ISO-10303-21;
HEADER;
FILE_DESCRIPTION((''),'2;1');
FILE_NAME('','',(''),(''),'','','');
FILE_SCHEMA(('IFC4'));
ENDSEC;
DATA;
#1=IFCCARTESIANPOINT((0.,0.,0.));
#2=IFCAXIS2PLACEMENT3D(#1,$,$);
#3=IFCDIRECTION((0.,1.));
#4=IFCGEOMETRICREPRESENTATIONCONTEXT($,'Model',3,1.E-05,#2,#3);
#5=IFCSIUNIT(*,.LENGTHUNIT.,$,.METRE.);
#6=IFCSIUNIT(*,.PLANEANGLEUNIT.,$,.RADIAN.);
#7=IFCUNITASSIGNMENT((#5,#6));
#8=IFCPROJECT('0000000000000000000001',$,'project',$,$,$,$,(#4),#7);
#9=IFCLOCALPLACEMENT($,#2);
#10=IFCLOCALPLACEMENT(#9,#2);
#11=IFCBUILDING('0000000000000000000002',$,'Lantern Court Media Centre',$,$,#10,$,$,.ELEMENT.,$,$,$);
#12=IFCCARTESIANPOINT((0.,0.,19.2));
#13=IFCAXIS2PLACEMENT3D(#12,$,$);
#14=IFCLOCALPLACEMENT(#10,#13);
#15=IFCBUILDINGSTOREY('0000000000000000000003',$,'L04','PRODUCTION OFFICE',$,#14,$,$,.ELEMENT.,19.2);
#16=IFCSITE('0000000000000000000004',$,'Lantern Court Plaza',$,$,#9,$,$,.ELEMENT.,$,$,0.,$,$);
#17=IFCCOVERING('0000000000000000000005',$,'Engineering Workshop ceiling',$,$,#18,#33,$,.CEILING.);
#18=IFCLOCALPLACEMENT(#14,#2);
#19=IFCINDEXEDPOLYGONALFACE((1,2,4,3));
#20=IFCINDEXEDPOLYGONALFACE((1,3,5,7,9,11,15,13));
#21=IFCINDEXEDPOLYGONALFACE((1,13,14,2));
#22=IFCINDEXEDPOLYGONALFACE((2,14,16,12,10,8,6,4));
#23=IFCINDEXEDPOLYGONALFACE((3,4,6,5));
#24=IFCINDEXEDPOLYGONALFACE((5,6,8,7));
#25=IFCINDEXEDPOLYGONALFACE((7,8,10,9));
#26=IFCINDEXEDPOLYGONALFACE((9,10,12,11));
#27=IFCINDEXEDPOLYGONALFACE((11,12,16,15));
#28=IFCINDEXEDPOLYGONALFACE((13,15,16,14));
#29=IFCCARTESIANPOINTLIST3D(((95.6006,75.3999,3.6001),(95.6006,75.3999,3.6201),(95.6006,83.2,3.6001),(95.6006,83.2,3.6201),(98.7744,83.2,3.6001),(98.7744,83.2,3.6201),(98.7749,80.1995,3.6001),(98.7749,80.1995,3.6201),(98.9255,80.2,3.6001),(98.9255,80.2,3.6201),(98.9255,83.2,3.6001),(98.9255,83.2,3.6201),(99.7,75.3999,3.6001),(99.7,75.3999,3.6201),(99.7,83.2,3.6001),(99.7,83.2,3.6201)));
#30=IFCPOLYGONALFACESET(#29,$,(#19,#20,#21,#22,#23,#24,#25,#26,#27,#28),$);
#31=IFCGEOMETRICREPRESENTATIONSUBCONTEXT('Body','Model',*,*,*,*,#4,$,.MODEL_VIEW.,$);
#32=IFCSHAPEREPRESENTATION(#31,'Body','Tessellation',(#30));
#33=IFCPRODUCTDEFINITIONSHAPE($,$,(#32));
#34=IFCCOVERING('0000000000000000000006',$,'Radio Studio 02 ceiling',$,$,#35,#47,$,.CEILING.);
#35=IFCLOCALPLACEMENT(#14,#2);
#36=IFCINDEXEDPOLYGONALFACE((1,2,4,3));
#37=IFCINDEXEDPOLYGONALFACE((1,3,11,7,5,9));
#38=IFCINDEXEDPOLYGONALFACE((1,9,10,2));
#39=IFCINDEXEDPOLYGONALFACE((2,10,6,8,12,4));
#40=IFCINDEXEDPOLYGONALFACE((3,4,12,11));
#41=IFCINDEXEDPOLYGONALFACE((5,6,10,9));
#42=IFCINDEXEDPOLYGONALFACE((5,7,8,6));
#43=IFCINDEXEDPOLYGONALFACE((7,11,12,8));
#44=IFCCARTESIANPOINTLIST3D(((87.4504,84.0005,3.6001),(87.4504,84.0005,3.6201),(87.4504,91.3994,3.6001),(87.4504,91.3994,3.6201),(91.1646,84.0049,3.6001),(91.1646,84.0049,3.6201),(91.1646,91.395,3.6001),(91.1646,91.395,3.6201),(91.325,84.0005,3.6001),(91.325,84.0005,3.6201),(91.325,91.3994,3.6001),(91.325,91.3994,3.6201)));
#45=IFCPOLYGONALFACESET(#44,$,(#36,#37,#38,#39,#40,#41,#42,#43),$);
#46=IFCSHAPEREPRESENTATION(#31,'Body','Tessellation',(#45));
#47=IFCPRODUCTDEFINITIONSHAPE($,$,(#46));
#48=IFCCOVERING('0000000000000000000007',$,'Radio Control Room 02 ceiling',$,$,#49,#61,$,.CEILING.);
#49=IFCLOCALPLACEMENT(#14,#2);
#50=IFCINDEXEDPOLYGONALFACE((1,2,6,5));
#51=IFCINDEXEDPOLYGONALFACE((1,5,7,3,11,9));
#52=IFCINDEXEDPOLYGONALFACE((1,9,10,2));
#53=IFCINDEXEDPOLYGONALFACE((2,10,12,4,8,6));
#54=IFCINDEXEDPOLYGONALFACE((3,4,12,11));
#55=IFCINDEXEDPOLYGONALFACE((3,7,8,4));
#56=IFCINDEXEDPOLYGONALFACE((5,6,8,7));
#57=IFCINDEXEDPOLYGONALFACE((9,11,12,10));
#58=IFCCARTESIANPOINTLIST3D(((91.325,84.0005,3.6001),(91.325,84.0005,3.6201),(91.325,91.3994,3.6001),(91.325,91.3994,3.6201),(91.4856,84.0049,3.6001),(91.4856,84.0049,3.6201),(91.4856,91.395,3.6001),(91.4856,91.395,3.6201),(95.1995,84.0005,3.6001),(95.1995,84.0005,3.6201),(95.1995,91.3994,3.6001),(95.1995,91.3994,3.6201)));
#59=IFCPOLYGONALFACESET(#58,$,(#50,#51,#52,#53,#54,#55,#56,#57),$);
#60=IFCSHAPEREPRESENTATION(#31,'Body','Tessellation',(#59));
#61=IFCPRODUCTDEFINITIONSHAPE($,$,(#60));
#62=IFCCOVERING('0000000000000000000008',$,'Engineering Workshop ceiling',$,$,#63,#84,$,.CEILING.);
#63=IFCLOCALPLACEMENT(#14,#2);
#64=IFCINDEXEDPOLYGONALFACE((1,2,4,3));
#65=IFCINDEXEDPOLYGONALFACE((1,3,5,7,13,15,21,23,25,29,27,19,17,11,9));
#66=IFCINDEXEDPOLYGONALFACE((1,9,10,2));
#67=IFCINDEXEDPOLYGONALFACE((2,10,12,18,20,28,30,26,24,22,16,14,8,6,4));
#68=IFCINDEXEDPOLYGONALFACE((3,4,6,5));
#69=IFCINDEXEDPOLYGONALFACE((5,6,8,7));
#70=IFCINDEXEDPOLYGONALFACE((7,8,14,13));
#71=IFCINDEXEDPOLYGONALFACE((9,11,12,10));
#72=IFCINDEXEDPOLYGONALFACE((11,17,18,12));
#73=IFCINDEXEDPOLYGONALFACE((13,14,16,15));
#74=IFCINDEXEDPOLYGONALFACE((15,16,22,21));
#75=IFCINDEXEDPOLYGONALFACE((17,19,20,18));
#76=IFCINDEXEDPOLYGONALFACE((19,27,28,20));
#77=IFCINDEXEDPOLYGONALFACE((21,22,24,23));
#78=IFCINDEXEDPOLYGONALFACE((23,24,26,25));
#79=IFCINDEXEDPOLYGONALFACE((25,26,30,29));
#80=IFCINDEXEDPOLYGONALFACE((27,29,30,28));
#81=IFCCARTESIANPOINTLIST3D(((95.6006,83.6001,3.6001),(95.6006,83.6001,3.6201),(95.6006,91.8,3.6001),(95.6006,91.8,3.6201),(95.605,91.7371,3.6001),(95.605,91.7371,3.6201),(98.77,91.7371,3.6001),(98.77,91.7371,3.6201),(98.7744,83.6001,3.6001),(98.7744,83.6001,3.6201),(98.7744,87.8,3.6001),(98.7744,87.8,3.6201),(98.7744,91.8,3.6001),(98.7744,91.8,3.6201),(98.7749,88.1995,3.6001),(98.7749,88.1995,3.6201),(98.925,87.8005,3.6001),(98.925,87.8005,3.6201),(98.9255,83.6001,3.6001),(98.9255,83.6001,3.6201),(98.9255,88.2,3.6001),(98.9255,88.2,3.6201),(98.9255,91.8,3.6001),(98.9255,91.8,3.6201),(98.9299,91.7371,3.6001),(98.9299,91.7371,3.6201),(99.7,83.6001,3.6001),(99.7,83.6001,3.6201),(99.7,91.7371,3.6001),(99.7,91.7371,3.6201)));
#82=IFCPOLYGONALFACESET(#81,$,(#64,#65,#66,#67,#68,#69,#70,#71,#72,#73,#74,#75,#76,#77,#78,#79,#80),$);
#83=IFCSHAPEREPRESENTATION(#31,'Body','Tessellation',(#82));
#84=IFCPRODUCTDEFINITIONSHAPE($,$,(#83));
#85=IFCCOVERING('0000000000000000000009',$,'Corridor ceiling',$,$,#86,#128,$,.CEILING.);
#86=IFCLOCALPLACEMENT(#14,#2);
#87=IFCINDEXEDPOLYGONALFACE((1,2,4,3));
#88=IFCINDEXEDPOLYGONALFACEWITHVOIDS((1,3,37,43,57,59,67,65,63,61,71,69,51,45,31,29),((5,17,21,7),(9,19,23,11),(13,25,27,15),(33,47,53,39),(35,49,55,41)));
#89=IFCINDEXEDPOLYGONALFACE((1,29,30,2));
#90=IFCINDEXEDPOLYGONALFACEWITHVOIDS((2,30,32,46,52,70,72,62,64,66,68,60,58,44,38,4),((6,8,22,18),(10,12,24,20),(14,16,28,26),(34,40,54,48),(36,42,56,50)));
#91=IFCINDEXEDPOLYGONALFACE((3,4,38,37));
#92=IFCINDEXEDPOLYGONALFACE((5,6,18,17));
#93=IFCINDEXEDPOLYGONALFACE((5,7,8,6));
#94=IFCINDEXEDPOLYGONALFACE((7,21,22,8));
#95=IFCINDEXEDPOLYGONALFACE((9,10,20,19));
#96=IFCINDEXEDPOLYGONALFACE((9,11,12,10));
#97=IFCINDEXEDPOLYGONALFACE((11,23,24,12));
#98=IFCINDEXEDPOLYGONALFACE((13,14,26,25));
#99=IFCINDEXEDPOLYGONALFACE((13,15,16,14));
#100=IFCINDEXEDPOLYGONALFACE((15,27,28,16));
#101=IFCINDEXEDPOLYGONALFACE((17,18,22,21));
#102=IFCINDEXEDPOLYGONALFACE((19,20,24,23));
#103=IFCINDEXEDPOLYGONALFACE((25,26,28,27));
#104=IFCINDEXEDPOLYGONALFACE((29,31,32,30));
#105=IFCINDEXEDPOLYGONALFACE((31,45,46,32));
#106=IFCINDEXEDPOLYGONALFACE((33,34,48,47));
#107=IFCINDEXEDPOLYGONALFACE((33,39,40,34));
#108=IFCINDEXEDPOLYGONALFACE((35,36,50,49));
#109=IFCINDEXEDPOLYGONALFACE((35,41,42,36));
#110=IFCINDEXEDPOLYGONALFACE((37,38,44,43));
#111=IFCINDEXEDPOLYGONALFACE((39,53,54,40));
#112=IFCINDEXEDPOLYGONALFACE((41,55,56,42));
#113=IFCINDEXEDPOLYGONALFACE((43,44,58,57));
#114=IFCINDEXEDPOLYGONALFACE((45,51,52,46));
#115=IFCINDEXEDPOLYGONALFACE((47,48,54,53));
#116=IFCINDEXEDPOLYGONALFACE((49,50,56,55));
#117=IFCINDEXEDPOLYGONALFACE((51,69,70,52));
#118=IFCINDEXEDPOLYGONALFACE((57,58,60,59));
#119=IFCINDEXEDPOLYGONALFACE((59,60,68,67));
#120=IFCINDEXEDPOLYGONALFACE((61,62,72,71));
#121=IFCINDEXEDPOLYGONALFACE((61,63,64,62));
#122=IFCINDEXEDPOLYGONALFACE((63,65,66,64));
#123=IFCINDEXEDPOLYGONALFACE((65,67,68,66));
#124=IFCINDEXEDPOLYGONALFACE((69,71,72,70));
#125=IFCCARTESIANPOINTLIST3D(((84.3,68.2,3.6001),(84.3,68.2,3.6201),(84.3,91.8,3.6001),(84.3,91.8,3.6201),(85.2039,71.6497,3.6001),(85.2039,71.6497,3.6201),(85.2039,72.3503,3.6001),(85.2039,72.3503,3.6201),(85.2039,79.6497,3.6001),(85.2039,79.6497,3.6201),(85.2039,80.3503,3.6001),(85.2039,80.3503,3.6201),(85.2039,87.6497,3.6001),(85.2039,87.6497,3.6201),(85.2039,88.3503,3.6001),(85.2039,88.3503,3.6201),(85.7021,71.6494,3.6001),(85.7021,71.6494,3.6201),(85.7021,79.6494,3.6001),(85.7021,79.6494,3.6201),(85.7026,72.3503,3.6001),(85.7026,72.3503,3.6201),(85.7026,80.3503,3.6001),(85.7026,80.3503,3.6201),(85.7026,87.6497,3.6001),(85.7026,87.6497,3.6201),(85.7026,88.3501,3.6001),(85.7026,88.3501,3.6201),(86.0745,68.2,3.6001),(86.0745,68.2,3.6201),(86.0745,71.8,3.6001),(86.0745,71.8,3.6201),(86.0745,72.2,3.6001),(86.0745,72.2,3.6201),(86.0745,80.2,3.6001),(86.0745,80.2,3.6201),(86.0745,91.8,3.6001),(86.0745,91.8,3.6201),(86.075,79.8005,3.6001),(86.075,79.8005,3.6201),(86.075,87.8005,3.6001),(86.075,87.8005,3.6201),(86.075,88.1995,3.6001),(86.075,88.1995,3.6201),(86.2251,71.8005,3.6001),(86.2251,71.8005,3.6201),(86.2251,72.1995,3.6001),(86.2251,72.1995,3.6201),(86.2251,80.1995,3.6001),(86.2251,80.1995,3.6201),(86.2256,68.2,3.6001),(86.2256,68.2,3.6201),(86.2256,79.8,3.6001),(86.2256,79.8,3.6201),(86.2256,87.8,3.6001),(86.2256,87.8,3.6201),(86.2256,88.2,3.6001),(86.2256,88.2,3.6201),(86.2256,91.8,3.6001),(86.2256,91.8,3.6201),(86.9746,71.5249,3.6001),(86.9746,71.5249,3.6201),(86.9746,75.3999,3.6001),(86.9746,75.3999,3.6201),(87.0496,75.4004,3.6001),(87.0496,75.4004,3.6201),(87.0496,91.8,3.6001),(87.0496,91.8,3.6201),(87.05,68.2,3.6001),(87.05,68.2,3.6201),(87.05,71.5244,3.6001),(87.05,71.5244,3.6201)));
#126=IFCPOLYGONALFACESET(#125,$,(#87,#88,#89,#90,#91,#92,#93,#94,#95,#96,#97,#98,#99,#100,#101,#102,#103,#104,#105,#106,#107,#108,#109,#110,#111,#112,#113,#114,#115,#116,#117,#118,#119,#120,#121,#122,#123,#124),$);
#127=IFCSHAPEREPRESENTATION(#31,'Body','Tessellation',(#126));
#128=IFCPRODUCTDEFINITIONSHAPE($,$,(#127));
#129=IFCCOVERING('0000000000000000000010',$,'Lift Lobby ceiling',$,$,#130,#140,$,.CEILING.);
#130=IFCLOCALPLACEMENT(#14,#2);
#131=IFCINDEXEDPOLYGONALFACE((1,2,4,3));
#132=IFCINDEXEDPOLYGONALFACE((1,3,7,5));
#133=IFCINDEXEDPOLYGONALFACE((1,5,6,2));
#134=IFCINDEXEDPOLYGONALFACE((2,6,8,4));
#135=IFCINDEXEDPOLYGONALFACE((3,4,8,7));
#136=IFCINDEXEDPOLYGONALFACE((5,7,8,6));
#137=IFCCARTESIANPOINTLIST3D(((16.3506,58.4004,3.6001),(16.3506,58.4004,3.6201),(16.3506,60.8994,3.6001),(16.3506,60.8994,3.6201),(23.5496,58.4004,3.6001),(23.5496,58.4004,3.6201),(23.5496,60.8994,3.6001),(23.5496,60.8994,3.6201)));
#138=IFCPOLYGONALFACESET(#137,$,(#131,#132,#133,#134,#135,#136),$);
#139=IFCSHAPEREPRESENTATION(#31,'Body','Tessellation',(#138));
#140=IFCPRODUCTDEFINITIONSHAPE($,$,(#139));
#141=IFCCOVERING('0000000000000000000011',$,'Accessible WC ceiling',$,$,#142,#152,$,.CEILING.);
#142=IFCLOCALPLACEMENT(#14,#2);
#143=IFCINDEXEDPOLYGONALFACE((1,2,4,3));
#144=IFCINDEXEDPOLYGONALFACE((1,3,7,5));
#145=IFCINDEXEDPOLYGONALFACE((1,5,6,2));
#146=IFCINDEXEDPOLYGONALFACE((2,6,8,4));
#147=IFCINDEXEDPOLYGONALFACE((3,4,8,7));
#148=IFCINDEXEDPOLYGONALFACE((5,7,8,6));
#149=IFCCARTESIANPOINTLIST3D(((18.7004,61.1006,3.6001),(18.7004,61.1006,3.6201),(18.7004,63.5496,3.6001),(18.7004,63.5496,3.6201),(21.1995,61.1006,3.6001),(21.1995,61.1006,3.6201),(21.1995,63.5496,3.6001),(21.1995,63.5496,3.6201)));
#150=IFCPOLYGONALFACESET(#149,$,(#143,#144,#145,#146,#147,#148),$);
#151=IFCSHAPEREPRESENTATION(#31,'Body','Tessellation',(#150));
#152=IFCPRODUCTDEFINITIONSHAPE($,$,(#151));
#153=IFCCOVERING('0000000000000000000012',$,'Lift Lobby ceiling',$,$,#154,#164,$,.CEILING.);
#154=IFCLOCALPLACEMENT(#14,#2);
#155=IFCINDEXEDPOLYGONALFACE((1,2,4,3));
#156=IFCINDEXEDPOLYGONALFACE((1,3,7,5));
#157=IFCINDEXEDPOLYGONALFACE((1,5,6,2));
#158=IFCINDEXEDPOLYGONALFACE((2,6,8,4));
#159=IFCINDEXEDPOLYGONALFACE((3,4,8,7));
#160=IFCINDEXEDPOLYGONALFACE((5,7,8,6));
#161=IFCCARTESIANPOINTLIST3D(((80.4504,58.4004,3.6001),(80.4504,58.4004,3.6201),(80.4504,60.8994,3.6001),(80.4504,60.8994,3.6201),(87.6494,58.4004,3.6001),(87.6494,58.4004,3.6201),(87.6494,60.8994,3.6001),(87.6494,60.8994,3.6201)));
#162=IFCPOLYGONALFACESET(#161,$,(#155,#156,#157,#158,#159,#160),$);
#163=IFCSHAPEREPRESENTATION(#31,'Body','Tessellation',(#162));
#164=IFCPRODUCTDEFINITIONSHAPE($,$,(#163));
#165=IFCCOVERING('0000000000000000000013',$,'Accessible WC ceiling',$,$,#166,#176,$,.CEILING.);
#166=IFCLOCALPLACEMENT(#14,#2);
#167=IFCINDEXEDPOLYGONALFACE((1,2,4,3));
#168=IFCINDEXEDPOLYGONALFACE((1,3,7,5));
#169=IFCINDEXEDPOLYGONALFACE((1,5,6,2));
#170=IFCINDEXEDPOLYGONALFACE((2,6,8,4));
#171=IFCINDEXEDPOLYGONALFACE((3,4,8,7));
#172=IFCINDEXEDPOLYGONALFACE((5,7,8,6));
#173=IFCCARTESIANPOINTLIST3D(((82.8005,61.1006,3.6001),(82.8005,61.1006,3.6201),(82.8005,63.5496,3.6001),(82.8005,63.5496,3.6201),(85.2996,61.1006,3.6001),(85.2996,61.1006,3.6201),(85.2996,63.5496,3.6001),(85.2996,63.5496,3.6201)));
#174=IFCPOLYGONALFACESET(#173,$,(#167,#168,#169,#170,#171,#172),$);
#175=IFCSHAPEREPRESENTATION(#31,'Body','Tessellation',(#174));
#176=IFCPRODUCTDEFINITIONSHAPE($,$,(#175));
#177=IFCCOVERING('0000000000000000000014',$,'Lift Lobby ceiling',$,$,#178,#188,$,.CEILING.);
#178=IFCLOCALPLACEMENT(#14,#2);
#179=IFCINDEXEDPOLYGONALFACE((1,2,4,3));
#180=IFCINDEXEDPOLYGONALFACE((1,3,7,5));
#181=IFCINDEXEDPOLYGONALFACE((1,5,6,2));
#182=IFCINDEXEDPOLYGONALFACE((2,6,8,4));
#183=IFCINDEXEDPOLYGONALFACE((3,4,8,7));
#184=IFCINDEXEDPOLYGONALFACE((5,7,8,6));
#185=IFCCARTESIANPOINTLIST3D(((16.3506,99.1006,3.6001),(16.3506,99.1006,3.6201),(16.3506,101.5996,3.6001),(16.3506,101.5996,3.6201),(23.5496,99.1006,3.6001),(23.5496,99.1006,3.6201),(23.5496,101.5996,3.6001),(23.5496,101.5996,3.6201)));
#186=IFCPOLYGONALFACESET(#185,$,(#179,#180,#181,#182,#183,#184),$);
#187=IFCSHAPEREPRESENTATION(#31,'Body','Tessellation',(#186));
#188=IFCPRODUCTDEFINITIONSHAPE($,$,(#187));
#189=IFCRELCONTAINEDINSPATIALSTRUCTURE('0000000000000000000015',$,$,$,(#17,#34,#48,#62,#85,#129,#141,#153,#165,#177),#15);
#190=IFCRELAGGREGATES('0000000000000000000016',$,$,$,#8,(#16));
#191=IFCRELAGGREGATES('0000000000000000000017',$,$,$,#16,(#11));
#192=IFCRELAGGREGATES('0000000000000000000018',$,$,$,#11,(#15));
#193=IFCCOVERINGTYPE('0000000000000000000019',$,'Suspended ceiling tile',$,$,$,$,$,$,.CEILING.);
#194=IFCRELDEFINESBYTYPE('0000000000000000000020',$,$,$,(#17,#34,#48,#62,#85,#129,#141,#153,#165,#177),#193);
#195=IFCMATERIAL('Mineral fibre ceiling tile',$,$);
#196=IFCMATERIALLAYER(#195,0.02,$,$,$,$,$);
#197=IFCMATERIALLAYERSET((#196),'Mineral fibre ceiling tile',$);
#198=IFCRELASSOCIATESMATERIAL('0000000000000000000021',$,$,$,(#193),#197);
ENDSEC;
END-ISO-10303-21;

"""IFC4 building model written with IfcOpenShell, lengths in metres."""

from ifc_helpers import new_model, si_unit, direction, frame, origin, place, context, subcontext, project, spatial, polyline, outline, extrude, material, layer, layer_set, type_object, element, save


model = new_model("IFC4")

# Units and contexts
model_context = context("Model", 3, precision=1e-05, world=origin(), true_north=direction((0.0, 1.0)))
body_context = subcontext(model_context, "Body", "Model", "MODEL_VIEW")
ifc_project = project(units=[si_unit("LENGTHUNIT", "METRE"), si_unit("PLANEANGLEUNIT", "RADIAN")], contexts=[model_context])

# Site, building, storey
site_placement = place(None, origin())
site = spatial("IfcSite", under=ifc_project, at=site_placement, Name="Lantern Court Plaza", CompositionType="ELEMENT", RefElevation=0.0)
building_placement = place(site_placement, origin())
building = spatial("IfcBuilding", under=site, at=building_placement, Name="Lantern Court Media Centre", CompositionType="ELEMENT")
storey_placement = place(building_placement, frame((0.0, 0.0, 19.2)))
storey = spatial("IfcBuildingStorey", under=building, at=storey_placement, Name="L04", Description="PRODUCTION OFFICE", CompositionType="ELEMENT", Elevation=19.2)

# Coverings
ifc_material = material(Name="Mineral fibre ceiling tile")
ifc_layer = layer(ifc_material, 0.02)
ifc_layer_set = layer_set([ifc_layer], Name="Mineral fibre ceiling tile")
covering_type = type_object("IfcCoveringType", Name="Suspended ceiling tile", PredefinedType="CEILING", material=ifc_layer_set)
covering_1_placement = place(storey_placement, frame((0.0, 0.0, 3.6001)))
element("IfcCovering", 1, at=covering_1_placement, inside=storey, type_object=covering_type, Name="Engineering Workshop ceiling", PredefinedType="CEILING", context=body_context, shape_type="SweptSolid", body=[
    extrude(outline(polyline([(99.7, 83.2), (99.7, 75.3999), (95.6006, 75.3999), (95.6006, 83.2), (98.7744, 83.2), (98.7749, 80.1995), (98.9255, 80.2), (98.9255, 83.2), (99.7, 83.2)])), origin(), (0.0, 0.0, 1.0), 0.02),
])
covering_2_placement = place(storey_placement, frame((0.0, 0.0, 3.6001)))
element("IfcCovering", 2, at=covering_2_placement, inside=storey, type_object=covering_type, Name="Radio Studio 02 ceiling", PredefinedType="CEILING", context=body_context, shape_type="SweptSolid", body=[
    extrude(outline(polyline([(91.325, 84.0005), (87.4504, 84.0005), (87.4504, 91.3994), (91.325, 91.3994), (91.1646, 91.395), (91.1646, 84.0049), (91.325, 84.0005)])), origin(), (0.0, 0.0, 1.0), 0.02),
])
covering_3_placement = place(storey_placement, frame((0.0, 0.0, 3.6001)))
element("IfcCovering", 3, at=covering_3_placement, inside=storey, type_object=covering_type, Name="Radio Control Room 02 ceiling", PredefinedType="CEILING", context=body_context, shape_type="SweptSolid", body=[
    extrude(outline(polyline([(91.325, 91.3994), (95.1995, 91.3994), (95.1995, 84.0005), (91.325, 84.0005), (91.4856, 84.0049), (91.4856, 91.395), (91.325, 91.3994)])), origin(), (0.0, 0.0, 1.0), 0.02),
])
covering_4_placement = place(storey_placement, frame((0.0, 0.0, 3.6001)))
element("IfcCovering", 4, at=covering_4_placement, inside=storey, type_object=covering_type, Name="Engineering Workshop ceiling", PredefinedType="CEILING", context=body_context, shape_type="SweptSolid", body=[
    extrude(outline(polyline([(99.7, 83.6001), (98.9255, 83.6001), (98.925, 87.8005), (98.7744, 87.8), (98.7744, 83.6001), (95.6006, 83.6001), (95.6006, 91.8), (95.605, 91.7371), (98.77, 91.7371), (98.7744, 91.8), (98.7749, 88.1995), (98.9255, 88.2), (98.9255, 91.8), (98.9299, 91.7371), (99.7, 91.7371), (99.7, 83.6001)])), origin(), (0.0, 0.0, 1.0), 0.02),
])
covering_5_placement = place(storey_placement, frame((0.0, 0.0, 3.6001)))
element("IfcCovering", 5, at=covering_5_placement, inside=storey, type_object=covering_type, Name="Corridor ceiling", PredefinedType="CEILING", context=body_context, shape_type="SweptSolid", body=[
    extrude(outline(polyline([(87.05, 68.2), (86.2256, 68.2), (86.2251, 71.8005), (86.0745, 71.8), (86.0745, 68.2), (84.3, 68.2), (84.3, 91.8), (86.0745, 91.8), (86.075, 88.1995), (86.2256, 88.2), (86.2256, 91.8), (87.0496, 91.8), (87.0496, 75.4004), (86.9746, 75.3999), (86.9746, 71.5249), (87.05, 71.5244), (87.05, 68.2)]), holes=[polyline([(86.2251, 72.1995), (86.2256, 79.8), (86.075, 79.8005), (86.0745, 72.2), (86.2251, 72.1995)]), polyline([(86.2251, 80.1995), (86.2256, 87.8), (86.075, 87.8005), (86.0745, 80.2), (86.2251, 80.1995)]), polyline([(85.7021, 79.6494), (85.7026, 80.3503), (85.2039, 80.3503), (85.2039, 79.6497), (85.7021, 79.6494)]), polyline([(85.7021, 71.6494), (85.7026, 72.3503), (85.2039, 72.3503), (85.2039, 71.6497), (85.7021, 71.6494)]), polyline([(85.7026, 88.3501), (85.2039, 88.3503), (85.2039, 87.6497), (85.7026, 87.6497), (85.7026, 88.3501)])]), origin(), (0.0, 0.0, 1.0), 0.02),
])
covering_6_placement = place(storey_placement, frame((0.0, 0.0, 3.6001)))
element("IfcCovering", 6, at=covering_6_placement, inside=storey, type_object=covering_type, Name="Lift Lobby ceiling", PredefinedType="CEILING", context=body_context, shape_type="SweptSolid", body=[
    extrude(outline(polyline([(23.5496, 60.8994), (23.5496, 58.4004), (16.3506, 58.4004), (16.3506, 60.8994), (23.5496, 60.8994)])), origin(), (0.0, 0.0, 1.0), 0.02),
])
covering_7_placement = place(storey_placement, frame((0.0, 0.0, 3.6001)))
element("IfcCovering", 7, at=covering_7_placement, inside=storey, type_object=covering_type, Name="Accessible WC ceiling", PredefinedType="CEILING", context=body_context, shape_type="SweptSolid", body=[
    extrude(outline(polyline([(21.1995, 61.1006), (18.7004, 61.1006), (18.7004, 63.5496), (21.1995, 63.5496), (21.1995, 61.1006)])), origin(), (0.0, 0.0, 1.0), 0.02),
])
covering_8_placement = place(storey_placement, frame((0.0, 0.0, 3.6001)))
element("IfcCovering", 8, at=covering_8_placement, inside=storey, type_object=covering_type, Name="Lift Lobby ceiling", PredefinedType="CEILING", context=body_context, shape_type="SweptSolid", body=[
    extrude(outline(polyline([(87.6494, 58.4004), (80.4504, 58.4004), (80.4504, 60.8994), (87.6494, 60.8994), (87.6494, 58.4004)])), origin(), (0.0, 0.0, 1.0), 0.02),
])
covering_9_placement = place(storey_placement, frame((0.0, 0.0, 3.6001)))
element("IfcCovering", 9, at=covering_9_placement, inside=storey, type_object=covering_type, Name="Accessible WC ceiling", PredefinedType="CEILING", context=body_context, shape_type="SweptSolid", body=[
    extrude(outline(polyline([(85.2996, 61.1006), (82.8005, 61.1006), (82.8005, 63.5496), (85.2996, 63.5496), (85.2996, 61.1006)])), origin(), (0.0, 0.0, 1.0), 0.02),
])
covering_10_placement = place(storey_placement, frame((0.0, 0.0, 3.6001)))
element("IfcCovering", 10, at=covering_10_placement, inside=storey, type_object=covering_type, Name="Lift Lobby ceiling", PredefinedType="CEILING", context=body_context, shape_type="SweptSolid", body=[
    extrude(outline(polyline([(23.5496, 99.1006), (16.3506, 99.1006), (16.3506, 101.5996), (23.5496, 101.5996), (23.5496, 99.1006)])), origin(), (0.0, 0.0, 1.0), 0.02),
])

save(model, "model.ifc")
